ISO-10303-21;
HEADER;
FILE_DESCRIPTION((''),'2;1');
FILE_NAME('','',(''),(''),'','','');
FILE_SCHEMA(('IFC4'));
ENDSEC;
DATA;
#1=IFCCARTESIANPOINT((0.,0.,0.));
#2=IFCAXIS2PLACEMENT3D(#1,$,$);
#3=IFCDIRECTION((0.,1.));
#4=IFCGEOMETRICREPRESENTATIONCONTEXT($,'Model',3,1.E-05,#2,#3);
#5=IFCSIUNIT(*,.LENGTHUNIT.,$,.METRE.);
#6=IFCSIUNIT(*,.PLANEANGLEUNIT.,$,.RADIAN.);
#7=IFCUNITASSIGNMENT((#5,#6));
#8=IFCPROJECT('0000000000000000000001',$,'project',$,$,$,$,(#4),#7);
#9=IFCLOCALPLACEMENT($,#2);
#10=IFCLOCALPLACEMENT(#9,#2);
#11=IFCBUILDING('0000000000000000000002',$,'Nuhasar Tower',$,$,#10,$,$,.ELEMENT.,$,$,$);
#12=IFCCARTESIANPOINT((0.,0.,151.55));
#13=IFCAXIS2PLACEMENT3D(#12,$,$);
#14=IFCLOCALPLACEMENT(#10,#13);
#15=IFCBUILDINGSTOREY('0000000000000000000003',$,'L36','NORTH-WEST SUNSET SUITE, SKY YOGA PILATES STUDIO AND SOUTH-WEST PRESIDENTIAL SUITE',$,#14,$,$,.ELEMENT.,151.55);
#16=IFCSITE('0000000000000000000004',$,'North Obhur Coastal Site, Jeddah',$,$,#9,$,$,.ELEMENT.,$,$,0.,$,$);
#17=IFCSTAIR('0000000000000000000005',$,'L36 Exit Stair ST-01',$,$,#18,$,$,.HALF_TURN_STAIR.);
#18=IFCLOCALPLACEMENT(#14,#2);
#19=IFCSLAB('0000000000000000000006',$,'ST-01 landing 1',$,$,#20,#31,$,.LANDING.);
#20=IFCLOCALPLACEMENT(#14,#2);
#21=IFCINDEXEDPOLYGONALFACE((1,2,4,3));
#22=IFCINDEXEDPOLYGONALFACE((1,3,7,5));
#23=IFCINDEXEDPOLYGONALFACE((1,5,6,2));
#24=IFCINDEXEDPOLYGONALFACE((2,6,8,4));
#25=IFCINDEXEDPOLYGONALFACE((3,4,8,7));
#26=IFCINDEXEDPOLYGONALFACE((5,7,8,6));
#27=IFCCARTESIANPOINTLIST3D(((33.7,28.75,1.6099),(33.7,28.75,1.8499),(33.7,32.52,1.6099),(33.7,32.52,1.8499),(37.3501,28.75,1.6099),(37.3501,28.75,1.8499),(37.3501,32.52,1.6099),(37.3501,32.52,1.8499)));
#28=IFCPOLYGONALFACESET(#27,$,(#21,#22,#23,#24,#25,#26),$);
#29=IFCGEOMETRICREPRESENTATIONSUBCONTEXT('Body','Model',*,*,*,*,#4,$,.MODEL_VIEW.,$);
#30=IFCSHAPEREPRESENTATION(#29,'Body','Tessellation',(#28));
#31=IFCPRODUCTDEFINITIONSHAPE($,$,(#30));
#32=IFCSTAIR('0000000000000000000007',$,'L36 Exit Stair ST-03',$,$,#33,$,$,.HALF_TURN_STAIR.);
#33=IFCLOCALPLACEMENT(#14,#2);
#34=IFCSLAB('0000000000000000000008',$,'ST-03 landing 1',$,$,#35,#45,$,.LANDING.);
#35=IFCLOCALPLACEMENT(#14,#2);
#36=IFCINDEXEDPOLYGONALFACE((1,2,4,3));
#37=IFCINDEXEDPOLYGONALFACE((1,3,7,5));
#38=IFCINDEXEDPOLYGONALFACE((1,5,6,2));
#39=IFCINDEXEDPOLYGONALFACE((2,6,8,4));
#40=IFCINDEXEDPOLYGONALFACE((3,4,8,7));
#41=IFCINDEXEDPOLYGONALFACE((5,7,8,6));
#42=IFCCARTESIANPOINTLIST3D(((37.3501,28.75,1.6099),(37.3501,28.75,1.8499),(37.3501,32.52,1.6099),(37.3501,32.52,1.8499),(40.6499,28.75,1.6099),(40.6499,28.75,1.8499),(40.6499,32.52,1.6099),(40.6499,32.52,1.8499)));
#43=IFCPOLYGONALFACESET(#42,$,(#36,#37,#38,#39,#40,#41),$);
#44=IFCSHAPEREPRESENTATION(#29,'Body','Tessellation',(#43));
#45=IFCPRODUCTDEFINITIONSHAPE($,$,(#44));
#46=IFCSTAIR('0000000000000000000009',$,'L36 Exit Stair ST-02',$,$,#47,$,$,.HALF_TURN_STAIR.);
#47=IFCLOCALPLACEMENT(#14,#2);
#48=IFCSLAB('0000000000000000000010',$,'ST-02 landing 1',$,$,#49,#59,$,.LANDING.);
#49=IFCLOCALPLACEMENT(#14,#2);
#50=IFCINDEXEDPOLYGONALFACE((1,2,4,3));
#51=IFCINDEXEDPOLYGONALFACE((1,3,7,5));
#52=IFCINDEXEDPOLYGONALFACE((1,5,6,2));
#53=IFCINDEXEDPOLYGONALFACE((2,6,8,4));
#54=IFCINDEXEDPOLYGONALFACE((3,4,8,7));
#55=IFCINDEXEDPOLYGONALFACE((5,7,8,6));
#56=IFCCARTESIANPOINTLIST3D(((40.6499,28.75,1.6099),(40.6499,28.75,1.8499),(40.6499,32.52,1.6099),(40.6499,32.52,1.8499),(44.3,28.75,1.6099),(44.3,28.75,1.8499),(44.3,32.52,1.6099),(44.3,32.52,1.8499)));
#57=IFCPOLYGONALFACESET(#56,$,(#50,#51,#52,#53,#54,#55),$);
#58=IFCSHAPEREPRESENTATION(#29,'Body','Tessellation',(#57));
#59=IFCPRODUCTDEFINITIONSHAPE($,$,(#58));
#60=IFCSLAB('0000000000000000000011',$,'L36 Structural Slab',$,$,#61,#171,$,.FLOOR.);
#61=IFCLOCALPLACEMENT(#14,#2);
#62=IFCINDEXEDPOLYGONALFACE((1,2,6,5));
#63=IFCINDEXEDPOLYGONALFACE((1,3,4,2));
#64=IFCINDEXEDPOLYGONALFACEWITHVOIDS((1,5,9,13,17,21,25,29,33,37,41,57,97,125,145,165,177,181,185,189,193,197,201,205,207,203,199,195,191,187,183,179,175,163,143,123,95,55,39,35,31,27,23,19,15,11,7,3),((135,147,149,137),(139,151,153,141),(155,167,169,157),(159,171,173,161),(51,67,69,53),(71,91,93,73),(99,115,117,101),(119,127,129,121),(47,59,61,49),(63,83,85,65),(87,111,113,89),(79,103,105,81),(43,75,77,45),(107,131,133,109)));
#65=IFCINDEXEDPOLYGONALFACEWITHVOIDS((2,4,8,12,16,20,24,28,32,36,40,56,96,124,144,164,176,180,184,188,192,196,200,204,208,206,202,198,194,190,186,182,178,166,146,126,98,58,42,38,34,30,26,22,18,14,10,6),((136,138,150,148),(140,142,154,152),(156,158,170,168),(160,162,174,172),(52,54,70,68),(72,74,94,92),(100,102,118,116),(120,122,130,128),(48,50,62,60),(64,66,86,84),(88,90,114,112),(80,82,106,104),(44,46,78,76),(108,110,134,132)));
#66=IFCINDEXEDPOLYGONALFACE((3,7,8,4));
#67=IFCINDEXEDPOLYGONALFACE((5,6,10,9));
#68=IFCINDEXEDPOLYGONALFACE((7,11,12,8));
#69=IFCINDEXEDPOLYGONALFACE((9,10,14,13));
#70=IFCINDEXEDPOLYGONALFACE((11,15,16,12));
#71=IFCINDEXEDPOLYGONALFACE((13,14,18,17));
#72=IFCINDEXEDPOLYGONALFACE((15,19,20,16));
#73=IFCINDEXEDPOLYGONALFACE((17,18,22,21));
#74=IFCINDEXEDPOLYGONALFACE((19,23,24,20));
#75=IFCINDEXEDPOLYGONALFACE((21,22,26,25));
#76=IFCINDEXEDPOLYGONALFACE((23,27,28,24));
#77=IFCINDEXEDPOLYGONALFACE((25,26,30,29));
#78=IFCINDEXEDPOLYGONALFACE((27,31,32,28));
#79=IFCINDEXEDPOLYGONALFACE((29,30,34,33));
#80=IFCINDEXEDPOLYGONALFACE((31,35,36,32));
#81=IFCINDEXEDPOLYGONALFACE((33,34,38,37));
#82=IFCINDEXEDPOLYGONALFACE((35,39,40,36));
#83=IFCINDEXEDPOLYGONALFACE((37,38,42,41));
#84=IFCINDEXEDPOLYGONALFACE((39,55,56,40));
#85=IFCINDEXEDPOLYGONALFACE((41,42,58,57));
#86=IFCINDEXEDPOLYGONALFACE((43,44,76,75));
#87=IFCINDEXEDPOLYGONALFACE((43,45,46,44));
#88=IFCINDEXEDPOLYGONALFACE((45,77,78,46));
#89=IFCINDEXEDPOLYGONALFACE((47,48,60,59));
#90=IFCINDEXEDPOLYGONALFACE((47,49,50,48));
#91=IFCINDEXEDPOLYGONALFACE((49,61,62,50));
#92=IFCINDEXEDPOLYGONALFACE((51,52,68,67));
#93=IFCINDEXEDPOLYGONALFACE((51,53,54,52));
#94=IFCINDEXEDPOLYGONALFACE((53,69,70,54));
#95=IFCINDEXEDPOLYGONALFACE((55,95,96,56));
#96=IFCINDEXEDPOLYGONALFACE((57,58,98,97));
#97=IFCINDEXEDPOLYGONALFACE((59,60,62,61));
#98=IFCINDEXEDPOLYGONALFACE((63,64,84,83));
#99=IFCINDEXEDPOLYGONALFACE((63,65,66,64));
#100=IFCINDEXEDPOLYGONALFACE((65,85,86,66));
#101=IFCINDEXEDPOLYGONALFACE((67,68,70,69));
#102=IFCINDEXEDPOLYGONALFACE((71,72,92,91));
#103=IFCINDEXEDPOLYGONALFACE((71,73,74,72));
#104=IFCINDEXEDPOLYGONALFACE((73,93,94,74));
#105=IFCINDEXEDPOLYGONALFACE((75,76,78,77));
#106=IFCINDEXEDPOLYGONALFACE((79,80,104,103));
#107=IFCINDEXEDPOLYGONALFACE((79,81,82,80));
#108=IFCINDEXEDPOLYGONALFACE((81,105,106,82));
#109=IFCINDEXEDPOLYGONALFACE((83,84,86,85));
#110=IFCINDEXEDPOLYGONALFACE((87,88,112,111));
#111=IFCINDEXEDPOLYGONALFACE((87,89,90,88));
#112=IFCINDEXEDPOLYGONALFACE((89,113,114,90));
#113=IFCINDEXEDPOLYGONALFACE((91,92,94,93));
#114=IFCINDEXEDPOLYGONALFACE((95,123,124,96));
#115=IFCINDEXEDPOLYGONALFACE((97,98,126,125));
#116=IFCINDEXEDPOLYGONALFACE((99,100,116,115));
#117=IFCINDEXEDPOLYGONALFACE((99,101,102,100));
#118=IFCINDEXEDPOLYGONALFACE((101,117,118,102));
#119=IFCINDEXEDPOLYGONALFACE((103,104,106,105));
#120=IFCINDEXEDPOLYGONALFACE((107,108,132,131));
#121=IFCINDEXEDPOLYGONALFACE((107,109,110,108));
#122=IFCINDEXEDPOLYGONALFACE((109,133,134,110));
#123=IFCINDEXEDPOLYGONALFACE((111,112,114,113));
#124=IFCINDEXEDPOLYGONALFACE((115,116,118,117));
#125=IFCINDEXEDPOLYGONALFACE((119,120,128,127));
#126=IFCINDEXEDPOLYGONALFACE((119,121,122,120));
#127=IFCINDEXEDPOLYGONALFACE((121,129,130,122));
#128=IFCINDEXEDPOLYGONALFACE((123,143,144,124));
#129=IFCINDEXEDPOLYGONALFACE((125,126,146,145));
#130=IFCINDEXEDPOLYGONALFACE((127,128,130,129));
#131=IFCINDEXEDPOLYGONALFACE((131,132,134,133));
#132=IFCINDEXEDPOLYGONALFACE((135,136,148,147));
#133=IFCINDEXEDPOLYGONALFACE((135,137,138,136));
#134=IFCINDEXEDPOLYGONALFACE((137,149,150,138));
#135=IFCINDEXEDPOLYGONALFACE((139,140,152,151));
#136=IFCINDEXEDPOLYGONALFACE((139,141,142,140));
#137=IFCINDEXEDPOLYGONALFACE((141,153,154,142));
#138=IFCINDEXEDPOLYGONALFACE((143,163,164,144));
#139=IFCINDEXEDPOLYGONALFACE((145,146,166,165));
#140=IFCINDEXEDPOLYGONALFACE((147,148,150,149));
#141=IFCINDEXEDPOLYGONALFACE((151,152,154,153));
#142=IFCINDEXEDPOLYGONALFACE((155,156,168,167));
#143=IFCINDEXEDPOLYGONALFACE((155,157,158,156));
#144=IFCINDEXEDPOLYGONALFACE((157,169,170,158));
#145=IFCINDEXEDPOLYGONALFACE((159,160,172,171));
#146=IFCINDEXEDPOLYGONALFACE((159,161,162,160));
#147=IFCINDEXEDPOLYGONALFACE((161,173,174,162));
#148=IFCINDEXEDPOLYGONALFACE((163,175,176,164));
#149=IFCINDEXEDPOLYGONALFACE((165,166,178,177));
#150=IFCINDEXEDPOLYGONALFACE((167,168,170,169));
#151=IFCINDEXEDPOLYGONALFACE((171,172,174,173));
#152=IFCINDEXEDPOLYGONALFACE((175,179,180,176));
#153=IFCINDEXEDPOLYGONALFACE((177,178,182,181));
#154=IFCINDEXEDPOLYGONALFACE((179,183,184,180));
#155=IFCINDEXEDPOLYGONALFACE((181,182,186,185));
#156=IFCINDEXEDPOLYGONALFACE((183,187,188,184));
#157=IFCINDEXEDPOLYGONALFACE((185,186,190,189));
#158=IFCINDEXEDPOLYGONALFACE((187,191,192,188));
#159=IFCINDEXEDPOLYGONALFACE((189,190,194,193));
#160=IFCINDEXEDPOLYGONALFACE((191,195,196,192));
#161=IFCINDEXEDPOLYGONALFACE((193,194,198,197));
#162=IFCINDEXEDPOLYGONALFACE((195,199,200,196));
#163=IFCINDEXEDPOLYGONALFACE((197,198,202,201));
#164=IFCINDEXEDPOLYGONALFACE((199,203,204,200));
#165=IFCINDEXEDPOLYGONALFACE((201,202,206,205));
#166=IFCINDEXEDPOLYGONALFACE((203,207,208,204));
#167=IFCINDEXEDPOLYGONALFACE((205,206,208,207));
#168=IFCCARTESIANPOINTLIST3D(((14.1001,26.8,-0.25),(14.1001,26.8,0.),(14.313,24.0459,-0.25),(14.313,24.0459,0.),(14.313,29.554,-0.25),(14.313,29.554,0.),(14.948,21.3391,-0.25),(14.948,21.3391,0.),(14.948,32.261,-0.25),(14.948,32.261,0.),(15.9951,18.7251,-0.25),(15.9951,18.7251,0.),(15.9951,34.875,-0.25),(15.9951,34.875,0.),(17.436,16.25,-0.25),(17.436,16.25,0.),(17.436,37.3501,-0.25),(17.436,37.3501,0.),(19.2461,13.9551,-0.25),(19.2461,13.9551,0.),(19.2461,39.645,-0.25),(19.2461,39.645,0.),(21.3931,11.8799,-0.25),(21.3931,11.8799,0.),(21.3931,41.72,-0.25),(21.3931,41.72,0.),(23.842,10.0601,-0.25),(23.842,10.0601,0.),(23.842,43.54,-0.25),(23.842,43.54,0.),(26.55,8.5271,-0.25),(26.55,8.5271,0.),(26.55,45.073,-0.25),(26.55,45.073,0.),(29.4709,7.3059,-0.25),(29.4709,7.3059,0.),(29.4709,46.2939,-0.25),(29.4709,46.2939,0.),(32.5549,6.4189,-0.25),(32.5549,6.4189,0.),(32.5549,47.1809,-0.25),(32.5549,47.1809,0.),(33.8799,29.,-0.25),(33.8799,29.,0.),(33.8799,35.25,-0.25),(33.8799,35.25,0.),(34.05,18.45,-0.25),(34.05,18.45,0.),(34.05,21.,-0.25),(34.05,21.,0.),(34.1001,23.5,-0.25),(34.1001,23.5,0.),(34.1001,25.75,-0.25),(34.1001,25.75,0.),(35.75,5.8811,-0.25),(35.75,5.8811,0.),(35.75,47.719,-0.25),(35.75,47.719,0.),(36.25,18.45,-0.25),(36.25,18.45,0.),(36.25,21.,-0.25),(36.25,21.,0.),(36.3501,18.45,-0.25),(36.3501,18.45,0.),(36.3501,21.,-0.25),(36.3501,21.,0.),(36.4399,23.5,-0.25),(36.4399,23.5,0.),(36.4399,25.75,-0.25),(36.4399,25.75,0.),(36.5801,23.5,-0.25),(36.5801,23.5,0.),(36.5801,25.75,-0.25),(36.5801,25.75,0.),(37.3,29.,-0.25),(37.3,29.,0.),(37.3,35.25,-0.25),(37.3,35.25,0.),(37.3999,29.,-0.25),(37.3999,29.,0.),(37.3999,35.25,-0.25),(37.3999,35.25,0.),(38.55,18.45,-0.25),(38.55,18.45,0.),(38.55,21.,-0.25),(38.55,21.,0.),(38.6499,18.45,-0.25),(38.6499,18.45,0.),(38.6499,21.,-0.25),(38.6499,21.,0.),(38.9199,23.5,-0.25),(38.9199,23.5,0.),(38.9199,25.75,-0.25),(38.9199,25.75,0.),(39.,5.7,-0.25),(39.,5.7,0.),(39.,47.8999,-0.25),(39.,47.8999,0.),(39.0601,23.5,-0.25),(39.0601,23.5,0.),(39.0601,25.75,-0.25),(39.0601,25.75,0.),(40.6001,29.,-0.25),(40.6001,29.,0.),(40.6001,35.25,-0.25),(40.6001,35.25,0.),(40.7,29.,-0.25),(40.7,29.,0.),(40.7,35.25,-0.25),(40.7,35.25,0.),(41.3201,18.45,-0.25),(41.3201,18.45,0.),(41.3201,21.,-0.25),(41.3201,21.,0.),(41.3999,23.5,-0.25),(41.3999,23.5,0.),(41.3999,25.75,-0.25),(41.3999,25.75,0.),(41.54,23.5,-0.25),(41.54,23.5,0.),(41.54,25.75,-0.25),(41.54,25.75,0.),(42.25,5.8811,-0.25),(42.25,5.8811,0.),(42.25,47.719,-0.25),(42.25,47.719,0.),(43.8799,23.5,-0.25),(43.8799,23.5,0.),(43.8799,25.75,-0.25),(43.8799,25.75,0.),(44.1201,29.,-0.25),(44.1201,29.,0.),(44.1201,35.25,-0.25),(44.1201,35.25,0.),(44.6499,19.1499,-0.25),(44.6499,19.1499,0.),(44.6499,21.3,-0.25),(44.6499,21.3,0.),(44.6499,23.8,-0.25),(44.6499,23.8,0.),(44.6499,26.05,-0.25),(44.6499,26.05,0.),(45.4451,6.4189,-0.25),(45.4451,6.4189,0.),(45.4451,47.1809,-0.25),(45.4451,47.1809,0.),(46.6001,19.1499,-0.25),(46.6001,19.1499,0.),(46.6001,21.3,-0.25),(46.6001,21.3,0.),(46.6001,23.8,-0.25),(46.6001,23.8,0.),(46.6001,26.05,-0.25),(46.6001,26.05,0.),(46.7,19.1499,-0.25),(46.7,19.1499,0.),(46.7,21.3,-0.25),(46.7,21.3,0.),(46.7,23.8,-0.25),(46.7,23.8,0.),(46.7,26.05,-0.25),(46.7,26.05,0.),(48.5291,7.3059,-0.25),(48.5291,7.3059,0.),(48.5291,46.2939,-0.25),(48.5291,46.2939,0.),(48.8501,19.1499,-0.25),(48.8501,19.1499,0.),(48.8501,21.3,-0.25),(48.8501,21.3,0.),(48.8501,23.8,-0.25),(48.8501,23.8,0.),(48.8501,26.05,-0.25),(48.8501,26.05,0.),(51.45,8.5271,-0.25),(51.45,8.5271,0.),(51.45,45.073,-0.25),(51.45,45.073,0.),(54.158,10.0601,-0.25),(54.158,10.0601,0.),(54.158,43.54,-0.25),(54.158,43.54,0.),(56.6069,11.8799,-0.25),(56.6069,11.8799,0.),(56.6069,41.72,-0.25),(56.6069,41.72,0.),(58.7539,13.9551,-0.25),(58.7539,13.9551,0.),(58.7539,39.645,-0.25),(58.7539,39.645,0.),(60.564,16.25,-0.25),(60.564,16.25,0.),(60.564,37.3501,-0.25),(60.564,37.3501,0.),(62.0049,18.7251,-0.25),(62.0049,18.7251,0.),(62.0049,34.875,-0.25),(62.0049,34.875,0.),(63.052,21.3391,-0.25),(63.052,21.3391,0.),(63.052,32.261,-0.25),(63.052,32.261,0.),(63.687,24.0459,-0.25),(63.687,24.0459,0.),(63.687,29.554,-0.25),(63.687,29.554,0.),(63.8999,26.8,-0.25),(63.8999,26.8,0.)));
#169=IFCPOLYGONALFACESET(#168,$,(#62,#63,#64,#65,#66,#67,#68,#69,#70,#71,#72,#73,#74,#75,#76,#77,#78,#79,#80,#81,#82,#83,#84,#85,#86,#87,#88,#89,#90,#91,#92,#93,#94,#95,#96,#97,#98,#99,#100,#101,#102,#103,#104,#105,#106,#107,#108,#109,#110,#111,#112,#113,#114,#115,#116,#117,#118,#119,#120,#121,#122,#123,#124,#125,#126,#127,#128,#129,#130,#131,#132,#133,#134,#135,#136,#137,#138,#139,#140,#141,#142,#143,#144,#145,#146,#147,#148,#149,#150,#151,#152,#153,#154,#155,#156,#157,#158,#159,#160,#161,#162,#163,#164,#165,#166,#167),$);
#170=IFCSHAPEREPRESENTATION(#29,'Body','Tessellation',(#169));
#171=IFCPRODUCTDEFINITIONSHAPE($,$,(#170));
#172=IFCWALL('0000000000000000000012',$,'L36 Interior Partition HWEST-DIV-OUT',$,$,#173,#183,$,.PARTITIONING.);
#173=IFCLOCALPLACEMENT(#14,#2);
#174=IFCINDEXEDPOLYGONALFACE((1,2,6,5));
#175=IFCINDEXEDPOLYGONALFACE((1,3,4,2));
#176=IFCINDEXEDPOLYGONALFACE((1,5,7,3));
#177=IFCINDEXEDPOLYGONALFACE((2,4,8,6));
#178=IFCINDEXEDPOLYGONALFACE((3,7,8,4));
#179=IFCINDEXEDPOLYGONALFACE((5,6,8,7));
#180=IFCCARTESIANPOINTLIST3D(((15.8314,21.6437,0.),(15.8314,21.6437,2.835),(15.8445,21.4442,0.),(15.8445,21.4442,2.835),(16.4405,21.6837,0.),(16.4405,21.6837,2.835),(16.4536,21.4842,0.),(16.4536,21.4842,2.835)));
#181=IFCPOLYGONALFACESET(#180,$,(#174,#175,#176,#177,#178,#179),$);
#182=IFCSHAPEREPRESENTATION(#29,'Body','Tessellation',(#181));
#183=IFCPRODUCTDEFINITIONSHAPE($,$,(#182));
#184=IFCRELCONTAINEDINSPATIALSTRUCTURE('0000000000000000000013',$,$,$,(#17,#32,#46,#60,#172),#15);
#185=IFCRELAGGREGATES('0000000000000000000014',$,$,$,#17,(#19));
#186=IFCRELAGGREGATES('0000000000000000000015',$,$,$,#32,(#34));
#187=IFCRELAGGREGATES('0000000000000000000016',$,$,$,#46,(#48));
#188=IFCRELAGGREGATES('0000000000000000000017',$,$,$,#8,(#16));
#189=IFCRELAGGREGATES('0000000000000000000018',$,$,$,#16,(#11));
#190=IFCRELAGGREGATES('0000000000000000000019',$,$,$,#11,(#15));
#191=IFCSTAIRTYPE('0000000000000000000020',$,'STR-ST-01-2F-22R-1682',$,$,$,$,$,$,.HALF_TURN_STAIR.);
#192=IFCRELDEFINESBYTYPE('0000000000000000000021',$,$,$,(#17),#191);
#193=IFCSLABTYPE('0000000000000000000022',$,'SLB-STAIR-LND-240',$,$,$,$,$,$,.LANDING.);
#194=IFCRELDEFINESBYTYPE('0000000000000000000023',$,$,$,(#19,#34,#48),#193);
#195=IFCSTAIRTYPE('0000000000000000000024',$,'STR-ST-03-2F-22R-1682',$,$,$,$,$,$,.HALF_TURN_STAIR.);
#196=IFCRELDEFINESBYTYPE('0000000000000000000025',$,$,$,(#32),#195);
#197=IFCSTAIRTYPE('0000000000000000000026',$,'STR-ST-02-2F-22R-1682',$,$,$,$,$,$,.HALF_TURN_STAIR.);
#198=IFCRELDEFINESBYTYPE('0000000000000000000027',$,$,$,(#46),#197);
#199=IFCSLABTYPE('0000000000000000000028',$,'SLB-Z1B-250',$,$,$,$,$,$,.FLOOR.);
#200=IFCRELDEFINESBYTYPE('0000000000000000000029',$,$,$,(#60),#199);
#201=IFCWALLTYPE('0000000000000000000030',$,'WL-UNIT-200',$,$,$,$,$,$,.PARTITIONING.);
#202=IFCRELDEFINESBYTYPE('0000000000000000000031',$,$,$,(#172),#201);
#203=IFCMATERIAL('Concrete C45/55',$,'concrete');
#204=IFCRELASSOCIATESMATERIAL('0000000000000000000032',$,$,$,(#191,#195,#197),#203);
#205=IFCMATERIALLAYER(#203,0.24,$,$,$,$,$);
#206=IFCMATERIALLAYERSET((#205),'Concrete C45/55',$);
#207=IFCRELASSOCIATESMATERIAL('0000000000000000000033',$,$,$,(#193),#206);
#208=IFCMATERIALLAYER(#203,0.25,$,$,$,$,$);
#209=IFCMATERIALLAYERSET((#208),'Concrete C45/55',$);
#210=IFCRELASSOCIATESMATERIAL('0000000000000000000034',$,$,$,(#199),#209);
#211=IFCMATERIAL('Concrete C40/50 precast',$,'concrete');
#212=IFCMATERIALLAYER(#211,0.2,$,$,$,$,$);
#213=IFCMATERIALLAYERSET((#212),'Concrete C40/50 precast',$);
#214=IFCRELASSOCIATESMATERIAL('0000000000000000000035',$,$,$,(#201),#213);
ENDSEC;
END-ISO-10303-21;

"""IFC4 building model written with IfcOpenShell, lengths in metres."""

from ifc_helpers import new_model, si_unit, direction, frame, frame_2d, origin, place, context, subcontext, project, spatial, polyline, rectangle, outline, extrude, material, layer, layer_set, type_object, element, aggregate, save


model = new_model("IFC4")

# Units and contexts
model_context = context("Model", 3, precision=1e-05, world=origin(), true_north=direction((0.0, 1.0)))
body_context = subcontext(model_context, "Body", "Model", "MODEL_VIEW")
ifc_project = project(units=[si_unit("LENGTHUNIT", "METRE"), si_unit("PLANEANGLEUNIT", "RADIAN")], contexts=[model_context])

# Site, building, storey
site_placement = place(None, origin())
site = spatial("IfcSite", under=ifc_project, at=site_placement, Name="North Obhur Coastal Site, Jeddah", CompositionType="ELEMENT", RefElevation=0.0)
building_placement = place(site_placement, origin())
building = spatial("IfcBuilding", under=site, at=building_placement, Name="Nuhasar Tower", CompositionType="ELEMENT")
storey_placement = place(building_placement, frame((0.0, 0.0, 151.55)))
storey = spatial("IfcBuildingStorey", under=building, at=storey_placement, Name="L36", Description="NORTH-WEST SUNSET SUITE, SKY YOGA PILATES STUDIO AND SOUTH-WEST PRESIDENTIAL SUITE", CompositionType="ELEMENT", Elevation=151.55)

# Stairs, slabs
ifc_material_1 = material(Name="Concrete C45/55", Category="concrete")
stair_type_1 = type_object("IfcStairType", Name="STR-ST-01-2F-22R-1682", PredefinedType="HALF_TURN_STAIR", material=ifc_material_1)
stair_1_placement = place(storey_placement, origin())
stair_1 = element("IfcStair", 1, at=stair_1_placement, inside=storey, type_object=stair_type_1, Name="L36 Exit Stair ST-01", PredefinedType="HALF_TURN_STAIR")
ifc_layer_1 = layer(ifc_material_1, 0.24)
ifc_layer_set_1 = layer_set([ifc_layer_1], Name="Concrete C45/55")
slab_type_1 = type_object("IfcSlabType", Name="SLB-STAIR-LND-240", PredefinedType="LANDING", material=ifc_layer_set_1)
slab_1_placement = place(storey_placement, frame((0.0, 0.0, 1.6099)))
slab_1 = element("IfcSlab", 2, at=slab_1_placement, type_object=slab_type_1, Name="ST-01 landing 1", PredefinedType="LANDING", context=body_context, shape_type="SweptSolid", body=[
    extrude(outline(polyline([(33.7, 28.75), (37.3501, 28.75), (37.3501, 32.52), (33.7, 32.52), (33.7, 28.75)])), origin(), (0.0, 0.0, 1.0), 0.24),
])
aggregate(stair_1, [slab_1])
stair_type_2 = type_object("IfcStairType", Name="STR-ST-03-2F-22R-1682", PredefinedType="HALF_TURN_STAIR", material=ifc_material_1)
stair_2_placement = place(storey_placement, origin())
stair_2 = element("IfcStair", 3, at=stair_2_placement, inside=storey, type_object=stair_type_2, Name="L36 Exit Stair ST-03", PredefinedType="HALF_TURN_STAIR")
slab_2_placement = place(storey_placement, frame((0.0, 0.0, 1.6099)))
slab_2 = element("IfcSlab", 4, at=slab_2_placement, type_object=slab_type_1, Name="ST-03 landing 1", PredefinedType="LANDING", context=body_context, shape_type="SweptSolid", body=[
    extrude(outline(polyline([(37.3501, 28.75), (40.6499, 28.75), (40.6499, 32.52), (37.3501, 32.52), (37.3501, 28.75)])), origin(), (0.0, 0.0, 1.0), 0.24),
])
aggregate(stair_2, [slab_2])
stair_type_3 = type_object("IfcStairType", Name="STR-ST-02-2F-22R-1682", PredefinedType="HALF_TURN_STAIR", material=ifc_material_1)
stair_3_placement = place(storey_placement, origin())
stair_3 = element("IfcStair", 5, at=stair_3_placement, inside=storey, type_object=stair_type_3, Name="L36 Exit Stair ST-02", PredefinedType="HALF_TURN_STAIR")
slab_3_placement = place(storey_placement, frame((0.0, 0.0, 1.6099)))
slab_3 = element("IfcSlab", 6, at=slab_3_placement, type_object=slab_type_1, Name="ST-02 landing 1", PredefinedType="LANDING", context=body_context, shape_type="SweptSolid", body=[
    extrude(outline(polyline([(40.6499, 28.75), (44.3, 28.75), (44.3, 32.52), (40.6499, 32.52), (40.6499, 28.75)])), origin(), (0.0, 0.0, 1.0), 0.24),
])
aggregate(stair_3, [slab_3])

# Slab
ifc_layer_2 = layer(ifc_material_1, 0.25)
ifc_layer_set_2 = layer_set([ifc_layer_2], Name="Concrete C45/55")
slab_type_2 = type_object("IfcSlabType", Name="SLB-Z1B-250", PredefinedType="FLOOR", material=ifc_layer_set_2)
slab_4_placement = place(storey_placement, frame((0.0, 0.0, -0.25)))
element("IfcSlab", 7, at=slab_4_placement, inside=storey, type_object=slab_type_2, Name="L36 Structural Slab", PredefinedType="FLOOR", context=body_context, shape_type="SweptSolid", body=[
    extrude(outline(polyline([(63.8999, 26.8), (63.687, 29.554), (63.052, 32.261), (62.0049, 34.875), (60.564, 37.3501), (58.7539, 39.645), (56.6069, 41.72), (54.158, 43.54), (51.45, 45.073), (48.5291, 46.2939), (45.4451, 47.1809), (42.25, 47.719), (39.0, 47.8999), (35.75, 47.719), (32.5549, 47.1809), (29.4709, 46.2939), (26.55, 45.073), (23.842, 43.54), (21.3931, 41.72), (19.2461, 39.645), (17.436, 37.3501), (15.9951, 34.875), (14.948, 32.261), (14.313, 29.554), (14.1001, 26.8), (14.313, 24.0459), (14.948, 21.3391), (15.9951, 18.7251), (17.436, 16.25), (19.2461, 13.9551), (21.3931, 11.8799), (23.842, 10.0601), (26.55, 8.5271), (29.4709, 7.3059), (32.5549, 6.4189), (35.75, 5.8811), (39.0, 5.7), (42.25, 5.8811), (45.4451, 6.4189), (48.5291, 7.3059), (51.45, 8.5271), (54.158, 10.0601), (56.6069, 11.8799), (58.7539, 13.9551), (60.564, 16.25), (62.0049, 18.7251), (63.052, 21.3391), (63.687, 24.0459), (63.8999, 26.8)]), holes=[polyline([(33.8799, 35.25), (37.3, 35.25), (37.3, 29.0), (33.8799, 29.0), (33.8799, 35.25)]), polyline([(37.3999, 35.25), (40.6001, 35.25), (40.6001, 29.0), (37.3999, 29.0), (37.3999, 35.25)]), polyline([(40.7, 35.25), (44.1201, 35.25), (44.1201, 29.0), (40.7, 29.0), (40.7, 35.25)]), polyline([(44.6499, 26.05), (46.6001, 26.05), (46.6001, 23.8), (44.6499, 23.8), (44.6499, 26.05)]), polyline([(46.7, 26.05), (48.8501, 26.05), (48.8501, 23.8), (46.7, 23.8), (46.7, 26.05)]), polyline([(44.6499, 21.3), (46.6001, 21.3), (46.6001, 19.1499), (44.6499, 19.1499), (44.6499, 21.3)]), polyline([(46.7, 21.3), (48.8501, 21.3), (48.8501, 19.1499), (46.7, 19.1499), (46.7, 21.3)]), polyline([(34.1001, 25.75), (36.4399, 25.75), (36.4399, 23.5), (34.1001, 23.5), (34.1001, 25.75)]), polyline([(36.5801, 25.75), (38.9199, 25.75), (38.9199, 23.5), (36.5801, 23.5), (36.5801, 25.75)]), polyline([(39.0601, 25.75), (41.3999, 25.75), (41.3999, 23.5), (39.0601, 23.5), (39.0601, 25.75)]), polyline([(41.54, 25.75), (43.8799, 25.75), (43.8799, 23.5), (41.54, 23.5), (41.54, 25.75)]), polyline([(34.05, 21.0), (36.25, 21.0), (36.25, 18.45), (34.05, 18.45), (34.05, 21.0)]), polyline([(36.3501, 21.0), (38.55, 21.0), (38.55, 18.45), (36.3501, 18.45), (36.3501, 21.0)]), polyline([(38.6499, 21.0), (41.3201, 21.0), (41.3201, 18.45), (38.6499, 18.45), (38.6499, 21.0)])]), origin(), (0.0, 0.0, 1.0), 0.25),
])

# Wall
ifc_material_2 = material(Name="Concrete C40/50 precast", Category="concrete")
ifc_layer_3 = layer(ifc_material_2, 0.2)
ifc_layer_set_3 = layer_set([ifc_layer_3], Name="Concrete C40/50 precast")
wall_type = type_object("IfcWallType", Name="WL-UNIT-200", PredefinedType="PARTITIONING", material=ifc_layer_set_3)
wall_placement = place(storey_placement, frame((16.447, 21.584, 0.0), z_axis=(0.0, 0.0, 1.0), x_axis=(-0.997847, -0.06559, 0.0)))
element("IfcWall", 8, at=wall_placement, inside=storey, type_object=wall_type, Name="L36 Interior Partition HWEST-DIV-OUT", PredefinedType="PARTITIONING", context=body_context, shape_type="SweptSolid", body=[
    extrude(rectangle(XDim=0.6104, YDim=0.2, at=frame_2d((0.3052, 0.0))), origin(), (0.0, 0.0, 1.0), 2.835),
])

save(model, "model.ifc")
